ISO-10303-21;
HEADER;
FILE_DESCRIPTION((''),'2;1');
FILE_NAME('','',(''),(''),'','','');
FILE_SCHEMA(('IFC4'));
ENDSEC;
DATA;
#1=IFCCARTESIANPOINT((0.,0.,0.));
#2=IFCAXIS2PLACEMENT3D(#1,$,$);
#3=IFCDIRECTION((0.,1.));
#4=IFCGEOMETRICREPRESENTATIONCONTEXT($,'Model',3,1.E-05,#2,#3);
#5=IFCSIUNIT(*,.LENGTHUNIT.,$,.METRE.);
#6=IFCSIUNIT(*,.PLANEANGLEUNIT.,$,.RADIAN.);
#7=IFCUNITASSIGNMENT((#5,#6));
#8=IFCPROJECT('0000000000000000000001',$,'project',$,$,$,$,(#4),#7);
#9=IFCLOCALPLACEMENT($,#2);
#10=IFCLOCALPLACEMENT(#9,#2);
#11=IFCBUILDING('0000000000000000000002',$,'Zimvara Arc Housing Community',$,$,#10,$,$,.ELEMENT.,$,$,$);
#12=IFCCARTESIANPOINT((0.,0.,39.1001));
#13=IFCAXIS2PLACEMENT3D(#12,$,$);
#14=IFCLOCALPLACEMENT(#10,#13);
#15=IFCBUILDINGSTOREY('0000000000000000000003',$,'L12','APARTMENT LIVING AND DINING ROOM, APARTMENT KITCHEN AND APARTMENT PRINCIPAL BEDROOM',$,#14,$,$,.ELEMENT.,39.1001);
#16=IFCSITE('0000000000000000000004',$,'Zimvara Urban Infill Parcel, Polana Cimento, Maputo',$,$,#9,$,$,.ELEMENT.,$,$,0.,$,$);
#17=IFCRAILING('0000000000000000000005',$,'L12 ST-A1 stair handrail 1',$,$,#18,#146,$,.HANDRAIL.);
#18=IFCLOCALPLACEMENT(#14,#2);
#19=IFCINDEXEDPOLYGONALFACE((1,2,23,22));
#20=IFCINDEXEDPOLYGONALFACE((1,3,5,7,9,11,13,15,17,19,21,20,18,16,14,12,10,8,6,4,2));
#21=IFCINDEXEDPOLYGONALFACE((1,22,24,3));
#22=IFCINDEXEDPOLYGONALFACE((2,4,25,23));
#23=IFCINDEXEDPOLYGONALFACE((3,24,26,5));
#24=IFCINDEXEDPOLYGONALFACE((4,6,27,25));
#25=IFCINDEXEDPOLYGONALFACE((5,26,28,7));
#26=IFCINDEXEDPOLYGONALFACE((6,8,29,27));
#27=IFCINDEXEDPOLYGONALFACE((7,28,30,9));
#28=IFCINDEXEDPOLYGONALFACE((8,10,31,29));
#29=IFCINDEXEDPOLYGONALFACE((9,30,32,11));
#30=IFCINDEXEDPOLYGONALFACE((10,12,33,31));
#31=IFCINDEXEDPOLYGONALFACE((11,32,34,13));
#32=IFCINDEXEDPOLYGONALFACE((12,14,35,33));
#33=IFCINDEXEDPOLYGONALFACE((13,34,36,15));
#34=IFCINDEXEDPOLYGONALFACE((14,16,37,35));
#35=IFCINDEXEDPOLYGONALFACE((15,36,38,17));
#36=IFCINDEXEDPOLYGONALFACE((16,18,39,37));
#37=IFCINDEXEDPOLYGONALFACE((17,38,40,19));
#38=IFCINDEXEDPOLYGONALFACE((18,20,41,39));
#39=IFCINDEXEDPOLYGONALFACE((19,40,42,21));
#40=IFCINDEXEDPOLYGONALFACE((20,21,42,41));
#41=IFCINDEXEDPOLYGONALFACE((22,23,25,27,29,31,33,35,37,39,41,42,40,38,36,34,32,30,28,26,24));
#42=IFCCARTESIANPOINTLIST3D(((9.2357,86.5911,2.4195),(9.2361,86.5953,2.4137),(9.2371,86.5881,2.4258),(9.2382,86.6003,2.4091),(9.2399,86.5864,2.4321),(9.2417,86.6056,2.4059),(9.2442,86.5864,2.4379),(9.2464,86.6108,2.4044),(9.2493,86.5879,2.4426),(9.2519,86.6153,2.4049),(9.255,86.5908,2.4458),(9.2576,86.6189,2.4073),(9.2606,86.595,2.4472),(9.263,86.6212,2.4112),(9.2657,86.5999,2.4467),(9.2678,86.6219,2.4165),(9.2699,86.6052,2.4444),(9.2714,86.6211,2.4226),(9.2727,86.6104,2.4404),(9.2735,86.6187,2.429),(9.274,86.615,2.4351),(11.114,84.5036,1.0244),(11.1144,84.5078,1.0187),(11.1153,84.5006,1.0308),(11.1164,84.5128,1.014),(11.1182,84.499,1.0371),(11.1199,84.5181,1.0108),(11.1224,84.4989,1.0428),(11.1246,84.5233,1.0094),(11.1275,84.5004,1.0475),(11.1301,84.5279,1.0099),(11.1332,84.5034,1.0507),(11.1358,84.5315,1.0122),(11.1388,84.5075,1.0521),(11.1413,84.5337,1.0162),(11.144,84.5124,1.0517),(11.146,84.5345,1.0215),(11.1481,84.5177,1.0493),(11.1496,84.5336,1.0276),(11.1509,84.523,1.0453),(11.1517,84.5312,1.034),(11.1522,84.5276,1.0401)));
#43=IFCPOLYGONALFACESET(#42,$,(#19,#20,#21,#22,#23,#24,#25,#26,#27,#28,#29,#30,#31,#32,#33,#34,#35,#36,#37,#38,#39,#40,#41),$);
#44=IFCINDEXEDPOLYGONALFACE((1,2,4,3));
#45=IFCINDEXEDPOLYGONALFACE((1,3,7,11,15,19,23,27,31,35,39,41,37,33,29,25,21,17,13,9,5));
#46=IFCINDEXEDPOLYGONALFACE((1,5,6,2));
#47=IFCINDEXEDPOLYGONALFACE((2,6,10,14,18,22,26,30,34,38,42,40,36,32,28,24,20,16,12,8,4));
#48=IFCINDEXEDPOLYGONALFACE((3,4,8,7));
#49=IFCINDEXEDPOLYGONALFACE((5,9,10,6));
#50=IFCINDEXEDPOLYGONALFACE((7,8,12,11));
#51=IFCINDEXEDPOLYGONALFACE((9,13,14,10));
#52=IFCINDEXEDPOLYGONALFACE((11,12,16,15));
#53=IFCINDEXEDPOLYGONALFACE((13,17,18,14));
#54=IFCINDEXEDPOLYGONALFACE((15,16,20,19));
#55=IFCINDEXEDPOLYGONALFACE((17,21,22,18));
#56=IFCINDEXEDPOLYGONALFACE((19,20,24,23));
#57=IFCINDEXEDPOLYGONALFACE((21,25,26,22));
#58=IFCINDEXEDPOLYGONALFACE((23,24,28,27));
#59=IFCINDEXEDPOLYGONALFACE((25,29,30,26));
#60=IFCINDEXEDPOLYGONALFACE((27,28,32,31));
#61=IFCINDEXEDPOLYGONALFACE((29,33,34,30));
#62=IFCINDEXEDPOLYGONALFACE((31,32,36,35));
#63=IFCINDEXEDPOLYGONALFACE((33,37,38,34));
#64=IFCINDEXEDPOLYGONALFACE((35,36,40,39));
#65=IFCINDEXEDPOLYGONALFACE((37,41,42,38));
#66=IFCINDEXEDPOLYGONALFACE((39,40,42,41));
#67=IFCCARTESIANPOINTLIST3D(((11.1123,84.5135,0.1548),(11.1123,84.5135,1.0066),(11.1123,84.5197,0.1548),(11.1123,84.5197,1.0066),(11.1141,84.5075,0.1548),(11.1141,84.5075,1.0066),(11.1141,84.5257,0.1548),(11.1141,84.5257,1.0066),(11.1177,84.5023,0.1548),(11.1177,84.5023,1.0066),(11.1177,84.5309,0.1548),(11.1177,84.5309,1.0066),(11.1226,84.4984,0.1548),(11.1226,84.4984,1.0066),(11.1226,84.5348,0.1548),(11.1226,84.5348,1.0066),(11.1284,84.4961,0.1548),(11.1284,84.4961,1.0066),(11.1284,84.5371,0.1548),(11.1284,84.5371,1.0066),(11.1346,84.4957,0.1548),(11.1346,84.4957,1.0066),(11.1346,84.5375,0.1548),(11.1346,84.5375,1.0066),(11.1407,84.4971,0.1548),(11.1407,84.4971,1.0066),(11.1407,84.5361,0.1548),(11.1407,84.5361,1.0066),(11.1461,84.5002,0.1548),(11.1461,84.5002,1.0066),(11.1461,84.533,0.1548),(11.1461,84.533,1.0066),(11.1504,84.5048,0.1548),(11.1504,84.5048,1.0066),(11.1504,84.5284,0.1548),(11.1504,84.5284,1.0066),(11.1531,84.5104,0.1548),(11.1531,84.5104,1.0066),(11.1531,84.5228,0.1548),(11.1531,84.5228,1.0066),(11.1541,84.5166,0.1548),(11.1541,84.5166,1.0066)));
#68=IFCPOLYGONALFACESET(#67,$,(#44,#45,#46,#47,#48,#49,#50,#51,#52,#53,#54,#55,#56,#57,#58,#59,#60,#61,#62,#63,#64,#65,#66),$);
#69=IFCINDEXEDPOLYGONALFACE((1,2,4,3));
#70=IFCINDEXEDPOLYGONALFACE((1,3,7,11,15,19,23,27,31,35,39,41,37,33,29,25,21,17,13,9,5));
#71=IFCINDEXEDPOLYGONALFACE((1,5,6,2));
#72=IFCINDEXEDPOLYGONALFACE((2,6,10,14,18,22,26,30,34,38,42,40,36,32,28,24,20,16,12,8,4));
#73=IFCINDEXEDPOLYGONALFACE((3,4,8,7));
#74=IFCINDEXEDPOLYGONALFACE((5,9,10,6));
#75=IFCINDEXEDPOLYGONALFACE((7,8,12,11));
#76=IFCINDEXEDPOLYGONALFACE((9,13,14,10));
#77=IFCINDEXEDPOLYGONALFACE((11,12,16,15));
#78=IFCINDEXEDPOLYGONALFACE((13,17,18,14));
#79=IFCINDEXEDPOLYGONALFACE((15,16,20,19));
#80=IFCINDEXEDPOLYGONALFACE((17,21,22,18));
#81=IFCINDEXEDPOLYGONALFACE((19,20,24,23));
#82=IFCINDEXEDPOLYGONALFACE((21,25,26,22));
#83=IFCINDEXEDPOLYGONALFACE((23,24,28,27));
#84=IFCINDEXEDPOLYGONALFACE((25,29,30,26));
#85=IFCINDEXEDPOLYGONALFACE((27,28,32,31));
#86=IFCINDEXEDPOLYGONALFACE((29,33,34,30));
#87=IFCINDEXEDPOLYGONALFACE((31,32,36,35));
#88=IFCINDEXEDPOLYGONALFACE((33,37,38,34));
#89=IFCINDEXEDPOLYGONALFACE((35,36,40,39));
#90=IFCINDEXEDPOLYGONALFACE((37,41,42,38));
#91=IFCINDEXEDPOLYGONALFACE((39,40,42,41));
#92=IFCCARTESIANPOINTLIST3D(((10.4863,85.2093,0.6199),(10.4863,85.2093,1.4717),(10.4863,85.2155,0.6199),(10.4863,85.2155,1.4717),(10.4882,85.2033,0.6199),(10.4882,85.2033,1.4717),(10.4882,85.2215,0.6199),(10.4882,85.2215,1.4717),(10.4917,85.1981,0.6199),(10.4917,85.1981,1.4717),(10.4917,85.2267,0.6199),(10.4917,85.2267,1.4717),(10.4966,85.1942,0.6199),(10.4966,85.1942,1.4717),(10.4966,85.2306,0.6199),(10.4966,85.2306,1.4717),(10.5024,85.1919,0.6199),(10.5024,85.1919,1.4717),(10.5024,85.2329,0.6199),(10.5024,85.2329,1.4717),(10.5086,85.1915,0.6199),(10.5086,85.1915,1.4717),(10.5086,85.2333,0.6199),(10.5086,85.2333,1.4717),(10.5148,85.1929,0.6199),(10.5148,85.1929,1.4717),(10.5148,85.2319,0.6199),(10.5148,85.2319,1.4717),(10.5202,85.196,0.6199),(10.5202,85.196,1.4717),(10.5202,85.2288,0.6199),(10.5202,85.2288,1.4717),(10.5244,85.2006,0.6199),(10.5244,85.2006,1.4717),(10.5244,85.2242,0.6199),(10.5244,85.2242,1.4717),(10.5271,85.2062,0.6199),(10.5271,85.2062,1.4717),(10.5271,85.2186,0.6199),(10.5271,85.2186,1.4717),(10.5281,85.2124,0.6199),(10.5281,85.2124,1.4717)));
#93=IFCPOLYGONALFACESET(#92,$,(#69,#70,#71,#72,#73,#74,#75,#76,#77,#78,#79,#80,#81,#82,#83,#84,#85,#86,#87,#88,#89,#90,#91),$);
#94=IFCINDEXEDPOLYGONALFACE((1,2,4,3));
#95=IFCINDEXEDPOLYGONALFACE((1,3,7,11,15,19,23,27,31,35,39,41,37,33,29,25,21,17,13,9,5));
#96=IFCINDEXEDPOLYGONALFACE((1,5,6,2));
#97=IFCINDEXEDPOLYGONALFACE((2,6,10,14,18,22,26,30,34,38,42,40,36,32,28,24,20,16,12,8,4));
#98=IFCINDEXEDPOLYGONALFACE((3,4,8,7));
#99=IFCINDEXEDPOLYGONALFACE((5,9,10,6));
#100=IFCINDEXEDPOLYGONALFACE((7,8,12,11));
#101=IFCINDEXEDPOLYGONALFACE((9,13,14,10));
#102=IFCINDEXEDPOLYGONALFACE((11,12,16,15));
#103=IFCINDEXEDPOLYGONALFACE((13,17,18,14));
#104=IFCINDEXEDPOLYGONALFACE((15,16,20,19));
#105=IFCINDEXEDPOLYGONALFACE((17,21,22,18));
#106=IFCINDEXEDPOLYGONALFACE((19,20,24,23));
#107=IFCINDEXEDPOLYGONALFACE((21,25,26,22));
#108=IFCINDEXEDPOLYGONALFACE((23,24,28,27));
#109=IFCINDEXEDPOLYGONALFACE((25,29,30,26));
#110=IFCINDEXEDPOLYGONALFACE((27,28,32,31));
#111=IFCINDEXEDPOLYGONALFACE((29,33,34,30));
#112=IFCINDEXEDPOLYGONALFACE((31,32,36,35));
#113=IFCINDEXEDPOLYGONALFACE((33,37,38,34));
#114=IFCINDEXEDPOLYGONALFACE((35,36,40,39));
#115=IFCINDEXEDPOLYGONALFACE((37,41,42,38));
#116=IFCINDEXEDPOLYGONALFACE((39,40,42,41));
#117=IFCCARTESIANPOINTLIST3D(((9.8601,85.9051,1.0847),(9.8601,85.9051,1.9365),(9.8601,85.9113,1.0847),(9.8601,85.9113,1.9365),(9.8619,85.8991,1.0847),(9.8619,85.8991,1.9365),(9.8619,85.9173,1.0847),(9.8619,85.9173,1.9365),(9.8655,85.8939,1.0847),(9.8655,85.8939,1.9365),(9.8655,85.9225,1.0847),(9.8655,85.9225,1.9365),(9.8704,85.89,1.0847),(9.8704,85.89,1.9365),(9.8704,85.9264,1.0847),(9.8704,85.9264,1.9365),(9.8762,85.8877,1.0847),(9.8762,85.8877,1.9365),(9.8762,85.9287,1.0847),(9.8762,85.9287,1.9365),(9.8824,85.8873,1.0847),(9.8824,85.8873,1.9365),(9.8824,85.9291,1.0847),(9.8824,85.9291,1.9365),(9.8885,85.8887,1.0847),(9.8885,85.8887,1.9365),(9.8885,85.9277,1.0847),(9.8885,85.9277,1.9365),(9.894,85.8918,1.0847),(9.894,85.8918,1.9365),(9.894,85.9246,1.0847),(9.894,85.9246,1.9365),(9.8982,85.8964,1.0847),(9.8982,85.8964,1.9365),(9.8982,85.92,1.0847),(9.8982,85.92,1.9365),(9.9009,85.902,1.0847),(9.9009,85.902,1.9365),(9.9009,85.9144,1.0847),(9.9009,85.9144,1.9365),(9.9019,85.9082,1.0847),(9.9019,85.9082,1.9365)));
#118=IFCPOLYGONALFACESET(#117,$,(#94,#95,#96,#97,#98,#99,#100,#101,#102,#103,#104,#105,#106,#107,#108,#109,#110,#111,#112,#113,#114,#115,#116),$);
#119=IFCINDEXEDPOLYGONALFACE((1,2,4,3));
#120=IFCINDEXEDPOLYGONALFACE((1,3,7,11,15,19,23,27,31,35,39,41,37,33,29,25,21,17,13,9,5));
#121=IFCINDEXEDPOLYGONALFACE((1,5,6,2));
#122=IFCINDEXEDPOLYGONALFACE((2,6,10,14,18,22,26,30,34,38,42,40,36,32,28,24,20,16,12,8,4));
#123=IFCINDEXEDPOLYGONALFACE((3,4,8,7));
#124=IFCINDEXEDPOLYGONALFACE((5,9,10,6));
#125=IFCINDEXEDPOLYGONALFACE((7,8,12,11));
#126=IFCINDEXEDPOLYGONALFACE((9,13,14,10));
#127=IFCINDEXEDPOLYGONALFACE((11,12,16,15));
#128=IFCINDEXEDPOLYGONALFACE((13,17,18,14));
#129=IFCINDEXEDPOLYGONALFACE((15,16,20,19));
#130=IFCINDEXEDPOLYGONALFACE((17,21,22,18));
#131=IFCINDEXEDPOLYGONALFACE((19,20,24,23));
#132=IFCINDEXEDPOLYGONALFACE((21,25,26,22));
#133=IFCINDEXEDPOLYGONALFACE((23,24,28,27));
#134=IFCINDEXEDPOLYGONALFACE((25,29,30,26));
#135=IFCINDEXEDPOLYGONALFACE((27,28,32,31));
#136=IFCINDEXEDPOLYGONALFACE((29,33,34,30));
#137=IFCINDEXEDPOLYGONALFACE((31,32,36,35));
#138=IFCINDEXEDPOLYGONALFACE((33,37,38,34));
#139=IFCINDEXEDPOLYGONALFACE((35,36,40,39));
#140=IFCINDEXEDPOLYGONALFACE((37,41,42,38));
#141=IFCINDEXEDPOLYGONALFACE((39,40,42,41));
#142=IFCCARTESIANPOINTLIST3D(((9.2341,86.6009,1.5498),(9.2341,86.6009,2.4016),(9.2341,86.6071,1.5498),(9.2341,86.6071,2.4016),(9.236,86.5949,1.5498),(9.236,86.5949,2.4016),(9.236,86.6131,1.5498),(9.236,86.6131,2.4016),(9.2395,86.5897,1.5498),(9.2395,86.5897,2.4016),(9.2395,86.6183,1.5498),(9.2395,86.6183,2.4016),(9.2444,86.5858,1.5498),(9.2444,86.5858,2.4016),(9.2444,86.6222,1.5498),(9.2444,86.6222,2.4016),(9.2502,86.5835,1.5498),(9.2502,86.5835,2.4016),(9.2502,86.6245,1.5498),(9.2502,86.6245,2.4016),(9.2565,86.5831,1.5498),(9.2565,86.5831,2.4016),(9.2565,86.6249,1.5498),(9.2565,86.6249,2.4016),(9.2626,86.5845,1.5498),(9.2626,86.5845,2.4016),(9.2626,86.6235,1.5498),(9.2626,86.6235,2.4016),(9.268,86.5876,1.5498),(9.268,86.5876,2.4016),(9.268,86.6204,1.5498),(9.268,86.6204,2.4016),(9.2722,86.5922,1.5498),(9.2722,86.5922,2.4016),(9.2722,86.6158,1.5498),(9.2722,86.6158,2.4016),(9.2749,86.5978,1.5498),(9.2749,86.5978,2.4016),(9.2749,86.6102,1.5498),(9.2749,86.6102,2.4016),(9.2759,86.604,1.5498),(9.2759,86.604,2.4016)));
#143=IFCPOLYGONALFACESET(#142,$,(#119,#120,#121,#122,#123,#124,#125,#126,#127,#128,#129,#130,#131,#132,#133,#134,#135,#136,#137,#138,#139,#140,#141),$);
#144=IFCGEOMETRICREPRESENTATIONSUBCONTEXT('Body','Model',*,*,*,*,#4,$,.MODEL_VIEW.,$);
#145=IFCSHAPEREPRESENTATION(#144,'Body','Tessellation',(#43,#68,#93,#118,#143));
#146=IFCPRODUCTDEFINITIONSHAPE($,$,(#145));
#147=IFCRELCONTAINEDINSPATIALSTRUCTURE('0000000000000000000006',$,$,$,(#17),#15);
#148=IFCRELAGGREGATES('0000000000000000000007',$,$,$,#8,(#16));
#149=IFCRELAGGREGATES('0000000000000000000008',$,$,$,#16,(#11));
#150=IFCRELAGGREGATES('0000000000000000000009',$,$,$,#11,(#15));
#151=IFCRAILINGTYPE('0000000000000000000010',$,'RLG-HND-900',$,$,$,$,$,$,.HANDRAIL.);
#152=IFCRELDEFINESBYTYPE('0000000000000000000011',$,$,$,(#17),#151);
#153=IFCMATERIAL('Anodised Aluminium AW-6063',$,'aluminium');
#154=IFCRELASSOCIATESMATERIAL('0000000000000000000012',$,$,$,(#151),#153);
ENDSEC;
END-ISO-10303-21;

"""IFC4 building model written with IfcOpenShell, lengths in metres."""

from ifc_helpers import new_model, si_unit, direction, frame, origin, origin_2d, place, context, subcontext, project, spatial, circle, extrude, material, type_object, element, save


model = new_model("IFC4")

# Units and contexts
model_context = context("Model", 3, precision=1e-05, world=origin(), true_north=direction((0.0, 1.0)))
body_context = subcontext(model_context, "Body", "Model", "MODEL_VIEW")
ifc_project = project(units=[si_unit("LENGTHUNIT", "METRE"), si_unit("PLANEANGLEUNIT", "RADIAN")], contexts=[model_context])

# Site, building, storey
site_placement = place(None, origin())
site = spatial("IfcSite", under=ifc_project, at=site_placement, Name="Zimvara Urban Infill Parcel, Polana Cimento, Maputo", CompositionType="ELEMENT", RefElevation=0.0)
building_placement = place(site_placement, origin())
building = spatial("IfcBuilding", under=site, at=building_placement, Name="Zimvara Arc Housing Community", CompositionType="ELEMENT")
storey_placement = place(building_placement, frame((0.0, 0.0, 39.1001)))
storey = spatial("IfcBuildingStorey", under=building, at=storey_placement, Name="L12", Description="APARTMENT LIVING AND DINING ROOM, APARTMENT KITCHEN AND APARTMENT PRINCIPAL BEDROOM", CompositionType="ELEMENT", Elevation=39.1001)

# Railing
ifc_material_1 = material(Name="Anodised Aluminium AW-6063", Category="aluminium")
railing_type_1 = type_object("IfcRailingType", Name="RLG-HND-900", PredefinedType="HANDRAIL", material=ifc_material_1)
railing_1_placement = place(storey_placement, frame((11.1331, 84.5166, 0.1548)))
element("IfcRailing", 1, at=railing_1_placement, inside=storey, type_object=railing_type_1, Name="L12 ST-A1 stair handrail 1", PredefinedType="HANDRAIL", context=body_context, shape_type="SweptSolid", body=[
    extrude(circle(Radius=0.0239, at=origin_2d()), frame((0.0, 0.0, 0.876), z_axis=(-0.599018, 0.665749, 0.444923), x_axis=(-0.743381, -0.668869, 0.0)), (0.0, 0.0, 1.0), 3.1355),
    extrude(circle(Radius=0.021, at=origin_2d()), origin(), (0.0, 0.0, 1.0), 0.8518),
    extrude(circle(Radius=0.021, at=origin_2d()), frame((-0.626, 0.6958, 0.4651)), (0.0, 0.0, 1.0), 0.8518),
    extrude(circle(Radius=0.021, at=origin_2d()), frame((-1.2522, 1.3916, 0.9299)), (0.0, 0.0, 1.0), 0.8518),
    extrude(circle(Radius=0.021, at=origin_2d()), frame((-1.8782, 2.0874, 1.395)), (0.0, 0.0, 1.0), 0.8518),
])

save(model, "model.ifc")
